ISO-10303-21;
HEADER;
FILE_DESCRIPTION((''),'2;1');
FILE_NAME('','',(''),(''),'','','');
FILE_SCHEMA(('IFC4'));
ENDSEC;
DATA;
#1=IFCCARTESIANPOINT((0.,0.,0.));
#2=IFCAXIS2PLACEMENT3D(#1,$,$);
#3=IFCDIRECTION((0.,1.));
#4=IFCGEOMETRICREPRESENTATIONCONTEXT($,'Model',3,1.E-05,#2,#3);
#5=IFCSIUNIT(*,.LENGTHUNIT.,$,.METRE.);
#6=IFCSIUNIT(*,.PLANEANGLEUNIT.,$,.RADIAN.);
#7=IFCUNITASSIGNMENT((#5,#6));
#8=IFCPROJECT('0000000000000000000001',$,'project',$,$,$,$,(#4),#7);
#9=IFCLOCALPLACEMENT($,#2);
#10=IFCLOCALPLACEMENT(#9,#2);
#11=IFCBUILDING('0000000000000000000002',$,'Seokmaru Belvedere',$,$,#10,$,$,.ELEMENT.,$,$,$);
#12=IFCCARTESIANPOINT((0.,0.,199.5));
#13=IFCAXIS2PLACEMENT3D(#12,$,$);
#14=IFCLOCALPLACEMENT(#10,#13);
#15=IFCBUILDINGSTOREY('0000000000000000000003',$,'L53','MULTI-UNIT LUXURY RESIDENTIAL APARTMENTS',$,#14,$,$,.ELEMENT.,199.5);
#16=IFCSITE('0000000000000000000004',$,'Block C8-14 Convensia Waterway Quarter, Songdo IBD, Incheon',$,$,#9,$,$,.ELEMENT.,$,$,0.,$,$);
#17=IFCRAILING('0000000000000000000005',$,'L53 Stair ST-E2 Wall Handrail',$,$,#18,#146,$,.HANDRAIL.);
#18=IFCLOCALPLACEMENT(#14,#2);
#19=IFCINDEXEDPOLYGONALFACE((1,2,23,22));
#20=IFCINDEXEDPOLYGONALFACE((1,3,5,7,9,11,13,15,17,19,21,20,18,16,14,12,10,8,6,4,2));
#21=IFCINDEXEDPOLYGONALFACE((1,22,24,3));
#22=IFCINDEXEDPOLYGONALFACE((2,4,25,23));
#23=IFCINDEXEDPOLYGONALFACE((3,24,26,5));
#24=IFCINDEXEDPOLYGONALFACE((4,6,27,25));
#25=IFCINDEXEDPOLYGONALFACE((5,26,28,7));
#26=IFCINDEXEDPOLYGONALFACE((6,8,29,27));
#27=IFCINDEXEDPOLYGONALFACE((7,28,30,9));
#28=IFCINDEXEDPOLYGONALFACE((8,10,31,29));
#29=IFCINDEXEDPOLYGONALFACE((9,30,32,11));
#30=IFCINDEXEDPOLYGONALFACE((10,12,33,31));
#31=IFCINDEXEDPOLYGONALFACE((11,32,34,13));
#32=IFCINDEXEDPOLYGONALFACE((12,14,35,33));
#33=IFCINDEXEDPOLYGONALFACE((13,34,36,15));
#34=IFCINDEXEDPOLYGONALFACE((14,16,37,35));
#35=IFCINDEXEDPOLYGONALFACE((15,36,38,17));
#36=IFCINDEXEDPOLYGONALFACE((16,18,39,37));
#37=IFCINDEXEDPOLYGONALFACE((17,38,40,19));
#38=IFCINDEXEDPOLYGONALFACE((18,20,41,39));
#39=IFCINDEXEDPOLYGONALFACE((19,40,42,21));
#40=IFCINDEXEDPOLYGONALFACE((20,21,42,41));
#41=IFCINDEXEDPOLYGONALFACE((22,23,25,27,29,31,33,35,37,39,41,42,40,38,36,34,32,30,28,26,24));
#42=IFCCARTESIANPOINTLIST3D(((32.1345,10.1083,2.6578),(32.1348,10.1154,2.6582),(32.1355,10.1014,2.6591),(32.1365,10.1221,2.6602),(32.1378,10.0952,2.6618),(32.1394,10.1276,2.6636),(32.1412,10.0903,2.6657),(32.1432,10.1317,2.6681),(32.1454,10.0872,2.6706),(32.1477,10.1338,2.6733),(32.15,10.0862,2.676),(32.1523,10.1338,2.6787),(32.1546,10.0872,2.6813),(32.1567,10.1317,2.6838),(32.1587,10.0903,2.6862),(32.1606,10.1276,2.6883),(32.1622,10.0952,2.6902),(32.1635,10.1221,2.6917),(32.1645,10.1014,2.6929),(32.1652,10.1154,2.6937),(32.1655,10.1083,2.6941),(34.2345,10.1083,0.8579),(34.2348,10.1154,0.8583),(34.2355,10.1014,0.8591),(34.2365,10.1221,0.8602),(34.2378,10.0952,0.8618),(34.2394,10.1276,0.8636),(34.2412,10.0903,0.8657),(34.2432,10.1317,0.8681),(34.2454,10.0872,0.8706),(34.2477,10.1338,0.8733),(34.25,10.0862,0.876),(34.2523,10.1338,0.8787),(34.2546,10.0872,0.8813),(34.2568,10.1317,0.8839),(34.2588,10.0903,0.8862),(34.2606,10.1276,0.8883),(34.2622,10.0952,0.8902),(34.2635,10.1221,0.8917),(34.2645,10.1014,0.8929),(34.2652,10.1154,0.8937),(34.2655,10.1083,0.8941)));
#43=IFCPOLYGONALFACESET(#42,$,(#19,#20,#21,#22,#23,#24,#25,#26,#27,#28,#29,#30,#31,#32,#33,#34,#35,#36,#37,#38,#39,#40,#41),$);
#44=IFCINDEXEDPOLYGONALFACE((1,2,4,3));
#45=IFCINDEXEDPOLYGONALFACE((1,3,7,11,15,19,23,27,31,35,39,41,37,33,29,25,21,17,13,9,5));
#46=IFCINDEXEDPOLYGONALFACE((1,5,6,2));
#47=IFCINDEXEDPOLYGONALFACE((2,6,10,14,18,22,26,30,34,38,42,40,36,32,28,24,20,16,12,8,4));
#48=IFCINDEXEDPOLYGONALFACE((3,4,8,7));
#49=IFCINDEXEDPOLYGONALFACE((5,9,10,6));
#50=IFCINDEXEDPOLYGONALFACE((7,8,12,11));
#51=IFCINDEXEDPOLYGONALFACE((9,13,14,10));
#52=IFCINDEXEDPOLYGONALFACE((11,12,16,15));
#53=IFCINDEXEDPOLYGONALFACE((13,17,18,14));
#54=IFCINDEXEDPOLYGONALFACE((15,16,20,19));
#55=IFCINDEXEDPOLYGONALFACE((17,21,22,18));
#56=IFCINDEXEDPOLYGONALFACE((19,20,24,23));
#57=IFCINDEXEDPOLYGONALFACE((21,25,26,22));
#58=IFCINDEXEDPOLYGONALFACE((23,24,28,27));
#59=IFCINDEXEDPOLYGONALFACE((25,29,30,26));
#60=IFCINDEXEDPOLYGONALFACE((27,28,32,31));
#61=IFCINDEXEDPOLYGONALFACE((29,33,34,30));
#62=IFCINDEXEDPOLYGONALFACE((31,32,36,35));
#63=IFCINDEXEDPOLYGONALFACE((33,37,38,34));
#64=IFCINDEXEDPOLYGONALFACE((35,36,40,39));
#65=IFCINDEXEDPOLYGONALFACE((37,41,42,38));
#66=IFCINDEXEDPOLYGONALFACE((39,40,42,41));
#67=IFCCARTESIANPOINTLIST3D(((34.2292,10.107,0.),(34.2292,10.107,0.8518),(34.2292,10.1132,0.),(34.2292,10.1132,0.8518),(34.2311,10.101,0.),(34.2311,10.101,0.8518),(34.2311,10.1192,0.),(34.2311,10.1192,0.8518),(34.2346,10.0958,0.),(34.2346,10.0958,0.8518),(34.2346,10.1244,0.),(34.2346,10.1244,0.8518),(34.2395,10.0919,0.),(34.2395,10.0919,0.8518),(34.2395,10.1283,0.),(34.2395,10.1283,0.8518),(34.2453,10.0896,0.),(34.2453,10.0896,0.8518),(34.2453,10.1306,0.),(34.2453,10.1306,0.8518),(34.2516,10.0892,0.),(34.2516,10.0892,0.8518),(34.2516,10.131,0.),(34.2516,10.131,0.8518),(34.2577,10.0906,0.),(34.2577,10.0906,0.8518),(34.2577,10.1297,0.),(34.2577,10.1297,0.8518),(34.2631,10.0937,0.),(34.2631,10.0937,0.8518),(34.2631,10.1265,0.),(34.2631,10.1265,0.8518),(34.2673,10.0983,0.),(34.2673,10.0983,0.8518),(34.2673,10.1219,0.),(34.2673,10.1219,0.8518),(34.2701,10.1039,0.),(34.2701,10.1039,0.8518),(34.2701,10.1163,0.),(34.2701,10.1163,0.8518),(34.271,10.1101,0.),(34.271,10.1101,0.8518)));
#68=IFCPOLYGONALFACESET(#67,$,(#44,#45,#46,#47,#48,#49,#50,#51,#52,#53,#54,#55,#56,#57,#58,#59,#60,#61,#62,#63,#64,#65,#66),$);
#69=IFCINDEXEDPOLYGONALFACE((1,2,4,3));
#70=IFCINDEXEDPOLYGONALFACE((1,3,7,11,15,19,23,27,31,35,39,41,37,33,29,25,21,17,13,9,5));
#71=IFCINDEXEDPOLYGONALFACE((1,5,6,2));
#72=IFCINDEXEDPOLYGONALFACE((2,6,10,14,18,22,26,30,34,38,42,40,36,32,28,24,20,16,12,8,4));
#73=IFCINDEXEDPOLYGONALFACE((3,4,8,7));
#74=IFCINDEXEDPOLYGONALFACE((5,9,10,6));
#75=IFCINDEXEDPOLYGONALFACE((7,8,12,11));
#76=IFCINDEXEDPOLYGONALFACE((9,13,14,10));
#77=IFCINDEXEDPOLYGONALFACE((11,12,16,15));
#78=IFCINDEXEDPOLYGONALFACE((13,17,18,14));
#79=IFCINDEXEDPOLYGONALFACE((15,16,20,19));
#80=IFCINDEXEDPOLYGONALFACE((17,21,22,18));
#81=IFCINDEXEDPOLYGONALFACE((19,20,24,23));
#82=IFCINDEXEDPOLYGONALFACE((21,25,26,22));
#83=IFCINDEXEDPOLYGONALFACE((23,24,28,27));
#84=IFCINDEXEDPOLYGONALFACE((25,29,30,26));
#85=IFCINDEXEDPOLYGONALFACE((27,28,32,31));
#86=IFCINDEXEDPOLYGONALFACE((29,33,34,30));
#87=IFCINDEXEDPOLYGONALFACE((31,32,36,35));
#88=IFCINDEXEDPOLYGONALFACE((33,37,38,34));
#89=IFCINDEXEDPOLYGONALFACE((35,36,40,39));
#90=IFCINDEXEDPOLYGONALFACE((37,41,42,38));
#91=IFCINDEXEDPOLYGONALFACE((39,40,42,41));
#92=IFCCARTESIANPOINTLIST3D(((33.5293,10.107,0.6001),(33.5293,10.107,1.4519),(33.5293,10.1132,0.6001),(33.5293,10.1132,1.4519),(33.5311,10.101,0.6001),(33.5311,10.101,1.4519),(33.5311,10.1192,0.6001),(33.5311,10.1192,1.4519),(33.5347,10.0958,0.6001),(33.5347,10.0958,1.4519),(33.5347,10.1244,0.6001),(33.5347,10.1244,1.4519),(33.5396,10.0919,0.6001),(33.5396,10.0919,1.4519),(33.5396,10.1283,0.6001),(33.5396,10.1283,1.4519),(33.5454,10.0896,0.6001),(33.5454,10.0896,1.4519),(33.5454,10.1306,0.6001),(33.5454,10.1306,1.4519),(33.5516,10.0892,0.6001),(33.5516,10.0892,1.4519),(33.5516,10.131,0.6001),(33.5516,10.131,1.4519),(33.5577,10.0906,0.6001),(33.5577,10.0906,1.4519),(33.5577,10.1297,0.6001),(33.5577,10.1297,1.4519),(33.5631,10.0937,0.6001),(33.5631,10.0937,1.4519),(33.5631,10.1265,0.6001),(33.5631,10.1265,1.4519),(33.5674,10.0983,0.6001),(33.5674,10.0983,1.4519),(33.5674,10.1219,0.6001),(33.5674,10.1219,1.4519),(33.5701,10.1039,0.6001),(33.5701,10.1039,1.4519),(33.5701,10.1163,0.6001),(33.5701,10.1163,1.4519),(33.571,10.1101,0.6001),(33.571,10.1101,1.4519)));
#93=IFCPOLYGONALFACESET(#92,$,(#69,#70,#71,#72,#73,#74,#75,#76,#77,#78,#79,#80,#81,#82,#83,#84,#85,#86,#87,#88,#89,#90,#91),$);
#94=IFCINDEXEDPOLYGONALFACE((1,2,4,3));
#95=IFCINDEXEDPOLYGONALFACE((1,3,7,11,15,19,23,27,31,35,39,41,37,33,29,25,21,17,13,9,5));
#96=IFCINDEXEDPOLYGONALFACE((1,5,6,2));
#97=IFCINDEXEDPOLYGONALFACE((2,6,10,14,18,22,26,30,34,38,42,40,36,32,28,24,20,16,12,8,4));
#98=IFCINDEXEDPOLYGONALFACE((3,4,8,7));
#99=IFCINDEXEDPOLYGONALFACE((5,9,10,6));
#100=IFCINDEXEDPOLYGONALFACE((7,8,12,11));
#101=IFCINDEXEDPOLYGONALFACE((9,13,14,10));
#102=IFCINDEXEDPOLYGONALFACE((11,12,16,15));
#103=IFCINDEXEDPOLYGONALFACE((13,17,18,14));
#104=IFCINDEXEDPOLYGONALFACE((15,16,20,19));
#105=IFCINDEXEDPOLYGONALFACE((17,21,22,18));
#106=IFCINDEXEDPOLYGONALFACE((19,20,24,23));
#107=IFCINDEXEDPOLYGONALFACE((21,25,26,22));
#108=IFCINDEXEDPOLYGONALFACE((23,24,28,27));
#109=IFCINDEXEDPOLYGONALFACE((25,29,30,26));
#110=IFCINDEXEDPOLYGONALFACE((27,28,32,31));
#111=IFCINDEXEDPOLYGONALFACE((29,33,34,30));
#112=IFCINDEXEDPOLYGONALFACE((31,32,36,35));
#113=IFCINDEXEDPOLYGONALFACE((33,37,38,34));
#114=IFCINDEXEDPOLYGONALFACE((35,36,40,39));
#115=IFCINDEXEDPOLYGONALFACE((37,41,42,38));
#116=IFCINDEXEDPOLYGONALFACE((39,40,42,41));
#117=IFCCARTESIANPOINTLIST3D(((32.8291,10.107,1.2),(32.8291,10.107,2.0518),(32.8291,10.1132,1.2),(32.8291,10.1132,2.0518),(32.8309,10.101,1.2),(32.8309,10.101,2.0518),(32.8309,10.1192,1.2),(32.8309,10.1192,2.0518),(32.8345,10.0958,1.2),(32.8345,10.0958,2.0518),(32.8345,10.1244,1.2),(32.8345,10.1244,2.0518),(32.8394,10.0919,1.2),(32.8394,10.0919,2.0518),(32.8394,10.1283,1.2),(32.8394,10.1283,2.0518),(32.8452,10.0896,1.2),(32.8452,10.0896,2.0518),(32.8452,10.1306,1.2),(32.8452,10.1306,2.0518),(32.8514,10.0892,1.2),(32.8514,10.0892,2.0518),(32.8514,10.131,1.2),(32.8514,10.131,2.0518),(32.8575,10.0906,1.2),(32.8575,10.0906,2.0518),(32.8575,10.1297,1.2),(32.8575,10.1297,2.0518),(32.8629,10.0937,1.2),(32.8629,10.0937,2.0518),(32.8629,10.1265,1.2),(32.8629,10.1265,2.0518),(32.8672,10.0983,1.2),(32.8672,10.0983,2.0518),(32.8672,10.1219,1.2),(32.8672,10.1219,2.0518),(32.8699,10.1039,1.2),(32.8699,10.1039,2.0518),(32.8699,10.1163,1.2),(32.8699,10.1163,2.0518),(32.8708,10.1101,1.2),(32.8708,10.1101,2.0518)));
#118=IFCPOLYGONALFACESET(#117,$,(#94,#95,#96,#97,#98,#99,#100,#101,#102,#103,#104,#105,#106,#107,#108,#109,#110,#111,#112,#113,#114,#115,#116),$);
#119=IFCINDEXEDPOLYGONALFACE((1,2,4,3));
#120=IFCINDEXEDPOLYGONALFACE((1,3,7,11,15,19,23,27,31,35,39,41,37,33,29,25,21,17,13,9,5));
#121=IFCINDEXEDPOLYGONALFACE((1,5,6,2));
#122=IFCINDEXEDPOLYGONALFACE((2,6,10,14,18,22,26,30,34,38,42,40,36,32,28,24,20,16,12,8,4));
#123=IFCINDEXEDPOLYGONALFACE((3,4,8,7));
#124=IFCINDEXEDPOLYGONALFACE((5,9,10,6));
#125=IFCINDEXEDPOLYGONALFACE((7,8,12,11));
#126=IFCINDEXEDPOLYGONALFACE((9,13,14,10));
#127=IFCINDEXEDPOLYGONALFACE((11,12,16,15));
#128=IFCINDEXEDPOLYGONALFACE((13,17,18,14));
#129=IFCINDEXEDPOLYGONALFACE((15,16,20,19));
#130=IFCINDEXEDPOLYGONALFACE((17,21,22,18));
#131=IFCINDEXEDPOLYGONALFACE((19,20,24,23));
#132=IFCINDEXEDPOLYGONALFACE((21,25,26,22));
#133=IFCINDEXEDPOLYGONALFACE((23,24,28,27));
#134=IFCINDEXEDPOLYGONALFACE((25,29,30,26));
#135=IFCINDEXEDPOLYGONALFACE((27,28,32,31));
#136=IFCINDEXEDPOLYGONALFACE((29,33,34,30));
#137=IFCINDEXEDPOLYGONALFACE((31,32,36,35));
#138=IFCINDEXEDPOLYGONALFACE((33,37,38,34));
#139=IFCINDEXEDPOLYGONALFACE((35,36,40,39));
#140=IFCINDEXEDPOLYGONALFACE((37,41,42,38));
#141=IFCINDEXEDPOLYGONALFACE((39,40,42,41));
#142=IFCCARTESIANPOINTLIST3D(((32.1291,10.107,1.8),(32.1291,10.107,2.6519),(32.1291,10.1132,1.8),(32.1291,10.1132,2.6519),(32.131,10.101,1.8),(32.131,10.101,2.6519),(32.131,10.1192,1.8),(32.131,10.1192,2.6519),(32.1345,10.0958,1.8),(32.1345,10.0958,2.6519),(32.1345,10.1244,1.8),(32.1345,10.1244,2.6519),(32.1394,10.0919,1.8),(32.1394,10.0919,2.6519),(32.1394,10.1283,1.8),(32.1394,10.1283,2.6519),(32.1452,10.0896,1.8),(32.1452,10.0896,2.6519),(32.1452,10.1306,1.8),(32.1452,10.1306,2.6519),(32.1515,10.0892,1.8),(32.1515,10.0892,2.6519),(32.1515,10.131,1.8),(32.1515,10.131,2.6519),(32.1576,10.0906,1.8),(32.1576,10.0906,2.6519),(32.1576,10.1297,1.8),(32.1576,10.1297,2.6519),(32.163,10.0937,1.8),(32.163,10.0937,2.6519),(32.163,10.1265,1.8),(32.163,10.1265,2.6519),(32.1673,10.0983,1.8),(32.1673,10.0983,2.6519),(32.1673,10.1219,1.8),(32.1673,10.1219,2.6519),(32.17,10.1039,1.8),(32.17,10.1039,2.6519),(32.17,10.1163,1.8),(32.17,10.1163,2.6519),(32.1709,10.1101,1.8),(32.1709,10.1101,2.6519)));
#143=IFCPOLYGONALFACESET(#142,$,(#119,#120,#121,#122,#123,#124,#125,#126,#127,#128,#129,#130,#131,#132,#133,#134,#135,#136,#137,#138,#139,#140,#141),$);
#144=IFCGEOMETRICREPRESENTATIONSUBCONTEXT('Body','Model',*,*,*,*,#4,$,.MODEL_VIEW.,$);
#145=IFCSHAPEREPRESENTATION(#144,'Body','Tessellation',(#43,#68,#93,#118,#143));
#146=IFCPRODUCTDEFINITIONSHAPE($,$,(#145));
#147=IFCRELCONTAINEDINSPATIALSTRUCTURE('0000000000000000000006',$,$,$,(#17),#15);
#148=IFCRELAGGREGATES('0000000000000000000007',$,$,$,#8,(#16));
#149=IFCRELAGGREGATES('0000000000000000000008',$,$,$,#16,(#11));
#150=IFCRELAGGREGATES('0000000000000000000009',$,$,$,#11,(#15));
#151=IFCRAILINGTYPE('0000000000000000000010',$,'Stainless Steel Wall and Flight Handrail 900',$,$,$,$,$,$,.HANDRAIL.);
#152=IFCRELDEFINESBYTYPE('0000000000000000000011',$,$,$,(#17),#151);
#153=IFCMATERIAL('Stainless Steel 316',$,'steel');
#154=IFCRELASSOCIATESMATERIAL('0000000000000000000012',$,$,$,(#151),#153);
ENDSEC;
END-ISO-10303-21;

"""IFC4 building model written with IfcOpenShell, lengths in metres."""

from ifc_helpers import new_model, si_unit, direction, frame, origin, origin_2d, place, context, subcontext, project, spatial, circle, extrude, material, type_object, element, save


model = new_model("IFC4")

# Units and contexts
model_context = context("Model", 3, precision=1e-05, world=origin(), true_north=direction((0.0, 1.0)))
body_context = subcontext(model_context, "Body", "Model", "MODEL_VIEW")
ifc_project = project(units=[si_unit("LENGTHUNIT", "METRE"), si_unit("PLANEANGLEUNIT", "RADIAN")], contexts=[model_context])

# Site, building, storey
site_placement = place(None, origin())
site = spatial("IfcSite", under=ifc_project, at=site_placement, Name="Block C8-14 Convensia Waterway Quarter, Songdo IBD, Incheon", CompositionType="ELEMENT", RefElevation=0.0)
building_placement = place(site_placement, origin())
building = spatial("IfcBuilding", under=site, at=building_placement, Name="Seokmaru Belvedere", CompositionType="ELEMENT")
storey_placement = place(building_placement, frame((0.0, 0.0, 199.5)))
storey = spatial("IfcBuildingStorey", under=building, at=storey_placement, Name="L53", Description="MULTI-UNIT LUXURY RESIDENTIAL APARTMENTS", CompositionType="ELEMENT", Elevation=199.5)

# Railing
ifc_material_1 = material(Name="Stainless Steel 316", Category="steel")
railing_type_1 = type_object("IfcRailingType", Name="Stainless Steel Wall and Flight Handrail 900", PredefinedType="HANDRAIL", material=ifc_material_1)
railing_1_placement = place(storey_placement, frame((34.25, 10.1101, 0.0)))
element("IfcRailing", 1, at=railing_1_placement, inside=storey, type_object=railing_type_1, Name="L53 Stair ST-E2 Wall Handrail", PredefinedType="HANDRAIL", context=body_context, shape_type="SweptSolid", body=[
    extrude(circle(Radius=0.0239, at=origin_2d()), frame((0.0, 0.0, 0.876), z_axis=(-0.759263, 0.0, 0.650784), x_axis=(0.0, -1.0, 0.0)), (0.0, 0.0, 1.0), 2.7659),
    extrude(circle(Radius=0.021, at=origin_2d()), origin(), (0.0, 0.0, 1.0), 0.8518),
    extrude(circle(Radius=0.021, at=origin_2d()), frame((-0.7, 0.0, 0.6001)), (0.0, 0.0, 1.0), 0.8518),
    extrude(circle(Radius=0.021, at=origin_2d()), frame((-1.4001, 0.0, 1.2)), (0.0, 0.0, 1.0), 0.8518),
    extrude(circle(Radius=0.021, at=origin_2d()), frame((-2.1001, 0.0, 1.8)), (0.0, 0.0, 1.0), 0.8518),
])

save(model, "model.ifc")
